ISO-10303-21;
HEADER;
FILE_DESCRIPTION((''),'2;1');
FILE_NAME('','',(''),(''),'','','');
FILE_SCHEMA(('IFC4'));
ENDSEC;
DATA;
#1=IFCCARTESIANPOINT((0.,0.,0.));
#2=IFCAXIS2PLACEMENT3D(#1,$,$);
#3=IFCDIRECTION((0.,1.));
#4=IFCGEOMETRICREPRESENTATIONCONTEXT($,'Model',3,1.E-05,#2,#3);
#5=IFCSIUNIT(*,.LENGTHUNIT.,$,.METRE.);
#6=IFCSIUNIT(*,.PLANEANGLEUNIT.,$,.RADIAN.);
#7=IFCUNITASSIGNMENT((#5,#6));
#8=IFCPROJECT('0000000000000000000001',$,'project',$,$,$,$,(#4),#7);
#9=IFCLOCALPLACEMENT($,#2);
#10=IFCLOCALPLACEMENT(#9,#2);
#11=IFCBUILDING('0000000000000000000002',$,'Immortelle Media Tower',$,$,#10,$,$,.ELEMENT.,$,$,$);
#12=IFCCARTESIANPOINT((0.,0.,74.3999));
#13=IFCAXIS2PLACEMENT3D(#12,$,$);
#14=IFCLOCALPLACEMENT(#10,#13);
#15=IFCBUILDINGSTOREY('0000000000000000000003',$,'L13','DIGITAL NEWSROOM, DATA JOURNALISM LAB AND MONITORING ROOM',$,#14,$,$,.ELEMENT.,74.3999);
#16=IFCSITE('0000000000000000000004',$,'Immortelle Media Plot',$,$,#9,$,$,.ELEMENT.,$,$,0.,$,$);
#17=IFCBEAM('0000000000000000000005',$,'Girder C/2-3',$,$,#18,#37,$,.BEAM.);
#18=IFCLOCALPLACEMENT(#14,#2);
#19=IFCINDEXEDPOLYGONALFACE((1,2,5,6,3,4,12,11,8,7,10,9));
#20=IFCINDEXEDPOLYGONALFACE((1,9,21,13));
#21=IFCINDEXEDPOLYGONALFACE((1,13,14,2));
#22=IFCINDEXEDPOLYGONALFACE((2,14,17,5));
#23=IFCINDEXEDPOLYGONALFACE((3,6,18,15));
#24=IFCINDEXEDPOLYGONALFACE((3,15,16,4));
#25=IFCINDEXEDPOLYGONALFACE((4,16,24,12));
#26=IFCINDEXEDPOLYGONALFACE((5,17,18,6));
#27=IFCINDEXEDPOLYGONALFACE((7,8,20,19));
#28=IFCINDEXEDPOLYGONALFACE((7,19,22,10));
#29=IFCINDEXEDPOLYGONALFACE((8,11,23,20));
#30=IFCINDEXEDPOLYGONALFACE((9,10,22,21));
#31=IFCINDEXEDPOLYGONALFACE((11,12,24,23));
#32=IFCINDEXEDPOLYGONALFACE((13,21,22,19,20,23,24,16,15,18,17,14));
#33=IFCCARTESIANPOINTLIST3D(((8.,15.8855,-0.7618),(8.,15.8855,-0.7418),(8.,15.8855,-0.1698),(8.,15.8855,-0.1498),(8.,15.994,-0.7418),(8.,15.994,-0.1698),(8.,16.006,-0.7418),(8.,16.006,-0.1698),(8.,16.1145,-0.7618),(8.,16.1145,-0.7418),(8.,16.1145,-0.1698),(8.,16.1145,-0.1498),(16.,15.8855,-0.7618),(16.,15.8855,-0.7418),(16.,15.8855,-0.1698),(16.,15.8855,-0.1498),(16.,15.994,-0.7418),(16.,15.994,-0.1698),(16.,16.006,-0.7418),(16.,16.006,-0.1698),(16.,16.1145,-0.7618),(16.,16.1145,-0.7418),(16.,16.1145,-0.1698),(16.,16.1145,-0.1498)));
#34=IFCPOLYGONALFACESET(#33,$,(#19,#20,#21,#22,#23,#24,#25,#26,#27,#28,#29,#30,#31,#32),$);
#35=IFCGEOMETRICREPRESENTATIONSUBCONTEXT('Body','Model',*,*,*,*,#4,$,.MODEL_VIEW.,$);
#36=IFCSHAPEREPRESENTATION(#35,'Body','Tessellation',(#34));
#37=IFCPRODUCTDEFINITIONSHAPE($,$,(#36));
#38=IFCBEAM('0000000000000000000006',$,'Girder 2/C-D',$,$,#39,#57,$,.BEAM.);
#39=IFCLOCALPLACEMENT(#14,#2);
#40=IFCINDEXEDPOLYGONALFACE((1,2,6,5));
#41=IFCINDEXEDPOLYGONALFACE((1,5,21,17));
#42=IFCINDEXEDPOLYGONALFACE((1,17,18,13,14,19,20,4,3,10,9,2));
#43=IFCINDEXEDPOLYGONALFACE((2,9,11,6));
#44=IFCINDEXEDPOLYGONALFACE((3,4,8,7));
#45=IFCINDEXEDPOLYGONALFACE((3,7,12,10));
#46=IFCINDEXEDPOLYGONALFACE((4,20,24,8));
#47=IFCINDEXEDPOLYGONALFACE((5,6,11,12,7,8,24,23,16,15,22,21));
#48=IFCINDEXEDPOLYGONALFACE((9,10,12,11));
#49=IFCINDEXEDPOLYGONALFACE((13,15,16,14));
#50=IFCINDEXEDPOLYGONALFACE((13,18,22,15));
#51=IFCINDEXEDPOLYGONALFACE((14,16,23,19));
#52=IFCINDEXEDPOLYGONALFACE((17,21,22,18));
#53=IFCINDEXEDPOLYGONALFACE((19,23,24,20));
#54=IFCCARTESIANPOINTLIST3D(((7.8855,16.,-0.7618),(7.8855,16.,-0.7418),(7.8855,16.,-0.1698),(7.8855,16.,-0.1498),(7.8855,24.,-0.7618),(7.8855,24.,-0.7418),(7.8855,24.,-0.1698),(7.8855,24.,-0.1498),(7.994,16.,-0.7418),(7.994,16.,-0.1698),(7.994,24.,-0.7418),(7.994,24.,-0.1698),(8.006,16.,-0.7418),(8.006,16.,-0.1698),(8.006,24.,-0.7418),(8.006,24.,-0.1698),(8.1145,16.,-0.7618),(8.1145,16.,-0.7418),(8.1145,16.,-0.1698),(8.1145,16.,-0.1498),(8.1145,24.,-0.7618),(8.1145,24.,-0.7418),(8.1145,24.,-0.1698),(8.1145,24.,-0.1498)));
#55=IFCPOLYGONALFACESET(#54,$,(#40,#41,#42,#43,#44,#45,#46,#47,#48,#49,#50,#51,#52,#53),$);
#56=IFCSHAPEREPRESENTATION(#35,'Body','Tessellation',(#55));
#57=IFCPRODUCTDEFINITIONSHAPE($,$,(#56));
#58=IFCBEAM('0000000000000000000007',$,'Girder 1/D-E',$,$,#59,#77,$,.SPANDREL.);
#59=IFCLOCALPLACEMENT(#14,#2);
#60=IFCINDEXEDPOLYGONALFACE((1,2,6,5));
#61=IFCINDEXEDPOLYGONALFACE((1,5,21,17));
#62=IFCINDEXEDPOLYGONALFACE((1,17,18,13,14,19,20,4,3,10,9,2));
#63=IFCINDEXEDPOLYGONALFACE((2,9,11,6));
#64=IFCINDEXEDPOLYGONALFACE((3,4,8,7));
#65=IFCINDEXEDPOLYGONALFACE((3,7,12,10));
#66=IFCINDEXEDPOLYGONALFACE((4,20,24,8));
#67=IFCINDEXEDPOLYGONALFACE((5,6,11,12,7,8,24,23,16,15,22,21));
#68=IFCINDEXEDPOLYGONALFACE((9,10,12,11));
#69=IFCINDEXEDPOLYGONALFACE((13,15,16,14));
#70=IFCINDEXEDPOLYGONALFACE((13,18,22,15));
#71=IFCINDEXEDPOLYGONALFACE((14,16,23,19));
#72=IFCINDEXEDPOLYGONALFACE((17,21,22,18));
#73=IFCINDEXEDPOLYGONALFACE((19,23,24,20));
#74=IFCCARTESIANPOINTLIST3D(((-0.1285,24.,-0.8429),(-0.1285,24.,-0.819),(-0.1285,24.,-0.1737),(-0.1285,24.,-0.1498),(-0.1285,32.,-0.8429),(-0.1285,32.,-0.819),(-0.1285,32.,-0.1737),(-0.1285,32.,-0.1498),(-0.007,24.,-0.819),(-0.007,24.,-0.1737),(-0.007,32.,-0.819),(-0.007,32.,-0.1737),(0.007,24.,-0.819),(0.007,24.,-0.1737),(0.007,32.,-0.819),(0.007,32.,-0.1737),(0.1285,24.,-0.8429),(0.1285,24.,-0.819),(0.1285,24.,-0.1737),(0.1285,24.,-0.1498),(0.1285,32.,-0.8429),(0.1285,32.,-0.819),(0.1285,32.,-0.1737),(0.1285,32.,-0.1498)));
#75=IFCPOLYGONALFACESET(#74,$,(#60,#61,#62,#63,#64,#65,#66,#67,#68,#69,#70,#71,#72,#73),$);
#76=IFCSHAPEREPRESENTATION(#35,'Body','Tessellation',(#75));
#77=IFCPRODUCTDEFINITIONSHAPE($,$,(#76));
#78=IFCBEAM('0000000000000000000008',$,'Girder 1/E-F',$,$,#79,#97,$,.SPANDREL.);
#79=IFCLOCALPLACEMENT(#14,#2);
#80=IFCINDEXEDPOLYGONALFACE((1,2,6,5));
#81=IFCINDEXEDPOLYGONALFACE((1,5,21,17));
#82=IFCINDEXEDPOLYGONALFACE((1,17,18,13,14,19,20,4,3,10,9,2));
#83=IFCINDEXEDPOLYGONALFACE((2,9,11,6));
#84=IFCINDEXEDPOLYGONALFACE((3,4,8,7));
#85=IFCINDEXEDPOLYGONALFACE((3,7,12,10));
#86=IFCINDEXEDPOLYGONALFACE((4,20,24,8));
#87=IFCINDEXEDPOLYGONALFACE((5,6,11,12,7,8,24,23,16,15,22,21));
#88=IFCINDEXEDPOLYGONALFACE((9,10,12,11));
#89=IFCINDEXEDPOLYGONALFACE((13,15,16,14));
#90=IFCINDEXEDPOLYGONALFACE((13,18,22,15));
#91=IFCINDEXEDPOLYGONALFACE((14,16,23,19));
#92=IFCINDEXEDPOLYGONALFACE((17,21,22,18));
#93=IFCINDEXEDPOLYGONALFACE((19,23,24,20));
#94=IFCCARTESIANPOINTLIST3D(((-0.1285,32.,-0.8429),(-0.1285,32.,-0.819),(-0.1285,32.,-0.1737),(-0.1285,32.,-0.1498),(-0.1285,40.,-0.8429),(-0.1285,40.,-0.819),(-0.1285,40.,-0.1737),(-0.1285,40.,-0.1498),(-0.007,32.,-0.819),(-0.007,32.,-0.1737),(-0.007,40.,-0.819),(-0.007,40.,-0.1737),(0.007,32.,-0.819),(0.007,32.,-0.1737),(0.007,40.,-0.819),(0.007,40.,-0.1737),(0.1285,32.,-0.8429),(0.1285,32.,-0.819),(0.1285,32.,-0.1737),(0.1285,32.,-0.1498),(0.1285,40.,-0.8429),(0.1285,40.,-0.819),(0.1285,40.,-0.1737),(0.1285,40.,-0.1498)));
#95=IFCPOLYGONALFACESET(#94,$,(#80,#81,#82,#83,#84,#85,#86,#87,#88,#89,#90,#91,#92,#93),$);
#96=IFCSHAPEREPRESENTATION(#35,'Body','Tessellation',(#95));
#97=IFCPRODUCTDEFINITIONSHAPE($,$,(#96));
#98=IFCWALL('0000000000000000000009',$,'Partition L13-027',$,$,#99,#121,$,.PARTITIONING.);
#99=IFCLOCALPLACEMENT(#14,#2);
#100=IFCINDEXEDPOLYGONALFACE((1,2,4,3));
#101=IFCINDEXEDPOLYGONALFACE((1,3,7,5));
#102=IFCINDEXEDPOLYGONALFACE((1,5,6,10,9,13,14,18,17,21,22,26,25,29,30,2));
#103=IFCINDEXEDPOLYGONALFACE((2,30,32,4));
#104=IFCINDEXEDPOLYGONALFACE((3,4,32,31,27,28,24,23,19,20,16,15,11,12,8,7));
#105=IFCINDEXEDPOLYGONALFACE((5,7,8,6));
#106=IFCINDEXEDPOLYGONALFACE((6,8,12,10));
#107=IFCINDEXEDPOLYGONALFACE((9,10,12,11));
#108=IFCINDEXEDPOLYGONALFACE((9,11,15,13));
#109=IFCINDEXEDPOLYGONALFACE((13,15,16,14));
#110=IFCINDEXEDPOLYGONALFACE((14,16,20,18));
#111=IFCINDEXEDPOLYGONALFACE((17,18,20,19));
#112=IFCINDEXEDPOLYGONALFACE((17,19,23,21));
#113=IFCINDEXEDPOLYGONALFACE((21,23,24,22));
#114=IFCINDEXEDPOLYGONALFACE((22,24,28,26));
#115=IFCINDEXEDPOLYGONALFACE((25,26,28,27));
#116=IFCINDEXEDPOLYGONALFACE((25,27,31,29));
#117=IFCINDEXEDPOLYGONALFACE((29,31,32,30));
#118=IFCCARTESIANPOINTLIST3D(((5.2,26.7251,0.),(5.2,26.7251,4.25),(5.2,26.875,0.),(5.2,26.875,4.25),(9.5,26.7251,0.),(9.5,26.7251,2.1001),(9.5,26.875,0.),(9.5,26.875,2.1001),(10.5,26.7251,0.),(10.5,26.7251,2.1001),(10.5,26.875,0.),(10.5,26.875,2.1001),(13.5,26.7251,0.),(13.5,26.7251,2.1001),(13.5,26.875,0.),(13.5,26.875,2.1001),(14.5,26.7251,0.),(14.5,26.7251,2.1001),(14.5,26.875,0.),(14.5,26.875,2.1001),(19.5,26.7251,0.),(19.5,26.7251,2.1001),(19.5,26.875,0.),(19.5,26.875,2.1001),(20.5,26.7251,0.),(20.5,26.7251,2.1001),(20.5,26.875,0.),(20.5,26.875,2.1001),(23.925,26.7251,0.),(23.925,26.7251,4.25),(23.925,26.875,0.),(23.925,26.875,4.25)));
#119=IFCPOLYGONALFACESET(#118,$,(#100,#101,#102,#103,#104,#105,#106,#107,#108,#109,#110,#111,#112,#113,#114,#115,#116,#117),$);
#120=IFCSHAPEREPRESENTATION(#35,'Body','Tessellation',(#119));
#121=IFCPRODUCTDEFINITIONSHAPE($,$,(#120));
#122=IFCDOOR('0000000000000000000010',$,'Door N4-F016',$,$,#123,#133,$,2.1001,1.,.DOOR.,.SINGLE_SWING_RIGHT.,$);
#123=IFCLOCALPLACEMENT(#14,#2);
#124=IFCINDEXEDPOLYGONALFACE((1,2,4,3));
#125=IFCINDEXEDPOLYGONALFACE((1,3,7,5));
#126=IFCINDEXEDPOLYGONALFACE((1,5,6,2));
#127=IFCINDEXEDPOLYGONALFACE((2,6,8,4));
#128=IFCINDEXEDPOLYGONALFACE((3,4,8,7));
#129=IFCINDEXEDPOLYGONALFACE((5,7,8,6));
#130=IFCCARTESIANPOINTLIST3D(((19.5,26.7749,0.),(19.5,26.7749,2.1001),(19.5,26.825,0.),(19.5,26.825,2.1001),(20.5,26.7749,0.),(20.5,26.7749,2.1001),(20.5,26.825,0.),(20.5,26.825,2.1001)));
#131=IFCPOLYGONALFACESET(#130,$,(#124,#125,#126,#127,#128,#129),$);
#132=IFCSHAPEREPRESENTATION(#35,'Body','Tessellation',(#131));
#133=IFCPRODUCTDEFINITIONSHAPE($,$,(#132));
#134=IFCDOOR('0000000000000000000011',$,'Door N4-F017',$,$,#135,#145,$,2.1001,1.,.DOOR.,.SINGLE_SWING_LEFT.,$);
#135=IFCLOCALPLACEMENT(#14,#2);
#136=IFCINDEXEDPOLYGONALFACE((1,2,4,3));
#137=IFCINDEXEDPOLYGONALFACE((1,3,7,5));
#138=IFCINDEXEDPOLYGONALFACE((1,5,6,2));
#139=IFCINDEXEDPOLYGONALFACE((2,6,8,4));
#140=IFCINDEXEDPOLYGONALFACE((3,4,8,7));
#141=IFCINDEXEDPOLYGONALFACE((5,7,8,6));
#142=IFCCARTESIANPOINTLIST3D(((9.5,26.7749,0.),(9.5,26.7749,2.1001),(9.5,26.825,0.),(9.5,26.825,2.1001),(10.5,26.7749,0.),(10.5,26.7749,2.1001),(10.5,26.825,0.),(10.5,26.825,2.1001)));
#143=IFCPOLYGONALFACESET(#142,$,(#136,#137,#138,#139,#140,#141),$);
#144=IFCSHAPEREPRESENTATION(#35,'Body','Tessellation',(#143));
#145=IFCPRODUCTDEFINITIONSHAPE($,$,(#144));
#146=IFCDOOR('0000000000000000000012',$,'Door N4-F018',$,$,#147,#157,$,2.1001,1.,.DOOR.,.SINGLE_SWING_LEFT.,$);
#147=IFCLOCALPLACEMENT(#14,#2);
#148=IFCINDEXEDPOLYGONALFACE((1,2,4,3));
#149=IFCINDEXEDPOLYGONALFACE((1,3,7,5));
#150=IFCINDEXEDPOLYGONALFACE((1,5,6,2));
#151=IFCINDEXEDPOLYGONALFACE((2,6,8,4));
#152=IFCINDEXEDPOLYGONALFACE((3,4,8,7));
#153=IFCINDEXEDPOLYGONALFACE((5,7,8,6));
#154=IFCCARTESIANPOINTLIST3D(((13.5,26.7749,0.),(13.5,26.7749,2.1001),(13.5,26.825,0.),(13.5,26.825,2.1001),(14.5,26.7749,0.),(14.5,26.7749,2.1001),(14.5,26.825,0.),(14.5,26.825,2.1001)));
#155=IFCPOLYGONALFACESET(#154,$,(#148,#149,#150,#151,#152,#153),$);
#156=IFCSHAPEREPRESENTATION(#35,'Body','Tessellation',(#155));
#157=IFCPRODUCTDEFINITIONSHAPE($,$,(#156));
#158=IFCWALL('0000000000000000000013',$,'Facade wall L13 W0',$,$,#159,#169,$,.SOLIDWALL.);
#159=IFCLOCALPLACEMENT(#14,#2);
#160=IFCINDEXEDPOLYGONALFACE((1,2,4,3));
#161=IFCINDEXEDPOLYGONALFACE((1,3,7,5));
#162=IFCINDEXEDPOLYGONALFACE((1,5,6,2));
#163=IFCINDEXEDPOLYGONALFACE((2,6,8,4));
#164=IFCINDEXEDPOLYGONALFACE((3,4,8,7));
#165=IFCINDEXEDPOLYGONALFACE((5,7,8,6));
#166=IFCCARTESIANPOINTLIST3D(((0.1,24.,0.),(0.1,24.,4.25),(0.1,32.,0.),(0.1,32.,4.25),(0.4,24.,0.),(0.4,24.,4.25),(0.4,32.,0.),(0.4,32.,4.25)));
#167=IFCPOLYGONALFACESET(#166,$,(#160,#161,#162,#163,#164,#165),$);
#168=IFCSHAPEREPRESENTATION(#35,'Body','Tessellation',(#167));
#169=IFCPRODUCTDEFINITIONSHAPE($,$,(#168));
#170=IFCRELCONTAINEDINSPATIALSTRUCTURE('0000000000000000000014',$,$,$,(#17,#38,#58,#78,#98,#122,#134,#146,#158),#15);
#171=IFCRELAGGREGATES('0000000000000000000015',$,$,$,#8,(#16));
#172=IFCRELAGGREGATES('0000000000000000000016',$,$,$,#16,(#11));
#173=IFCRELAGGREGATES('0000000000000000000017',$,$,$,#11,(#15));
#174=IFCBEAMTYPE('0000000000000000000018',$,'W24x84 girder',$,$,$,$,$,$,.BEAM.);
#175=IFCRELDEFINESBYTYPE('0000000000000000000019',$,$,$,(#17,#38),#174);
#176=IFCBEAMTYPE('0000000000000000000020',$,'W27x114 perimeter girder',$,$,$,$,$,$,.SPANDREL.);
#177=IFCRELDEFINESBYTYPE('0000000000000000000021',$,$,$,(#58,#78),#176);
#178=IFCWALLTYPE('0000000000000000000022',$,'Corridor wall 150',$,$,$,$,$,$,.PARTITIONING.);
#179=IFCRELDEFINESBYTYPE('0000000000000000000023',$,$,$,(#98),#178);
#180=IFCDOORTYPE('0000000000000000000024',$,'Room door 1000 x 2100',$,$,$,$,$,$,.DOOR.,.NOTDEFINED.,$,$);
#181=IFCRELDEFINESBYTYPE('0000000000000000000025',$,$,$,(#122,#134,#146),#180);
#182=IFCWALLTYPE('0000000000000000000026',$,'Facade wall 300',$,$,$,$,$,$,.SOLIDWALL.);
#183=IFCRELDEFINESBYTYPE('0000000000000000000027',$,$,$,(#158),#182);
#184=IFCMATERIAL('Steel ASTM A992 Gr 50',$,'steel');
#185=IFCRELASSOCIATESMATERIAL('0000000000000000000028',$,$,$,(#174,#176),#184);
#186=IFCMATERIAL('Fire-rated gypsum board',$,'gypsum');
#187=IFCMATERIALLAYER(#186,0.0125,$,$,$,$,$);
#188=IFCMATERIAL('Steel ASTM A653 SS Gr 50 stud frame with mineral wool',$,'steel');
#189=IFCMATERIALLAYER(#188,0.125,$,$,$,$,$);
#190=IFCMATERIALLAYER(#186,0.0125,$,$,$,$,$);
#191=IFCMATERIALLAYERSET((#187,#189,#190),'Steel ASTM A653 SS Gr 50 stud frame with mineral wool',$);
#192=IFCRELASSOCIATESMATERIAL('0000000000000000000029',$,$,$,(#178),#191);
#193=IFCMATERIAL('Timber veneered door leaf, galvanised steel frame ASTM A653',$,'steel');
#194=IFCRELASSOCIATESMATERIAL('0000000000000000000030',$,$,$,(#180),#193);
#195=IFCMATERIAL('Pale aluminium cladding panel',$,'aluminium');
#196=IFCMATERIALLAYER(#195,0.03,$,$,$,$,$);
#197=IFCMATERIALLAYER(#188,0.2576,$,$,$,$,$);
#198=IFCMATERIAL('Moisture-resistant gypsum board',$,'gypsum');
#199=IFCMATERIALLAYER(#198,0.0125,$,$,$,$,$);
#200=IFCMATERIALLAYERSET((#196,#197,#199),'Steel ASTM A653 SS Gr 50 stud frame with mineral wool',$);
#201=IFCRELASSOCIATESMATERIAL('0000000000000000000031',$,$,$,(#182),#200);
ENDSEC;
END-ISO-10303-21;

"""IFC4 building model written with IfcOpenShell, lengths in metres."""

from ifc_helpers import new_model, si_unit, direction, frame, frame_2d, origin, origin_2d, place, context, subcontext, project, spatial, rectangle, i_section, extrude, material, layer, layer_set, material_profile, profile_set, type_object, element, fill, save


model = new_model("IFC4")

# Units and contexts
model_context = context("Model", 3, precision=1e-05, world=origin(), true_north=direction((0.0, 1.0)))
body_context = subcontext(model_context, "Body", "Model", "MODEL_VIEW")
ifc_project = project(units=[si_unit("LENGTHUNIT", "METRE"), si_unit("PLANEANGLEUNIT", "RADIAN")], contexts=[model_context])

# Site, building, storey
site_placement = place(None, origin())
site = spatial("IfcSite", under=ifc_project, at=site_placement, Name="Immortelle Media Plot", CompositionType="ELEMENT", RefElevation=0.0)
building_placement = place(site_placement, origin())
building = spatial("IfcBuilding", under=site, at=building_placement, Name="Immortelle Media Tower", CompositionType="ELEMENT")
storey_placement = place(building_placement, frame((0.0, 0.0, 74.3999)))
storey = spatial("IfcBuildingStorey", under=building, at=storey_placement, Name="L13", Description="DIGITAL NEWSROOM, DATA JOURNALISM LAB AND MONITORING ROOM", CompositionType="ELEMENT", Elevation=74.3999)

# Shared definitions
ifc_material_1 = material(Name="Steel ASTM A992 Gr 50", Category="steel")

# Beams
ifc_material_profile_1 = material_profile(ifc_material_1, i_section(OverallWidth=0.229, OverallDepth=0.6121, WebThickness=0.012, FlangeThickness=0.02, at=origin_2d()), Name="W24x84")
ifc_profile_set_1 = profile_set([ifc_material_profile_1], Name="Steel ASTM A992 Gr 50")
beam_type_1 = type_object("IfcBeamType", Name="W24x84 girder", PredefinedType="BEAM", material=ifc_profile_set_1)
for number, where, z_axis, x_axis, name in (
    (1, (8.0, 16.0, -0.4558), (1.0, 0.0, 0.0), (0.0, 1.0, 0.0), "Girder C/2-3"),
    (2, (8.0, 16.0, -0.4558), (0.0, 1.0, 0.0), (-1.0, 0.0, 0.0), "Girder 2/C-D"),
):
    element("IfcBeam", number, at=place(storey_placement, frame(where, z_axis=z_axis, x_axis=x_axis)), inside=storey, type_object=beam_type_1, Name=name, PredefinedType="BEAM", context=body_context, shape_type="SweptSolid", body=[
        extrude(i_section(OverallWidth=0.229, OverallDepth=0.6121, WebThickness=0.012, FlangeThickness=0.02, at=origin_2d()), origin(), (0.0, 0.0, 1.0), 8.0),
    ])
ifc_material_profile_2 = material_profile(ifc_material_1, i_section(OverallWidth=0.2571, OverallDepth=0.6931, WebThickness=0.0139, FlangeThickness=0.0239, at=origin_2d()), Name="W27x114")
ifc_profile_set_2 = profile_set([ifc_material_profile_2], Name="Steel ASTM A992 Gr 50")
beam_type_2 = type_object("IfcBeamType", Name="W27x114 perimeter girder", PredefinedType="SPANDREL", material=ifc_profile_set_2)
for number, where, z_axis, x_axis, name in (
    (3, (0.0, 24.0, -0.4963), (0.0, 1.0, 0.0), (-1.0, 0.0, 0.0), "Girder 1/D-E"),
    (4, (0.0, 32.0, -0.4963), (0.0, 1.0, 0.0), (-1.0, 0.0, 0.0), "Girder 1/E-F"),
):
    element("IfcBeam", number, at=place(storey_placement, frame(where, z_axis=z_axis, x_axis=x_axis)), inside=storey, type_object=beam_type_2, Name=name, PredefinedType="SPANDREL", context=body_context, shape_type="SweptSolid", body=[
        extrude(i_section(OverallWidth=0.2571, OverallDepth=0.6931, WebThickness=0.0139, FlangeThickness=0.0239, at=origin_2d()), origin(), (0.0, 0.0, 1.0), 8.0),
    ])

# Wall, openings, doors
ifc_material_2 = material(Name="Fire-rated gypsum board", Category="gypsum")
ifc_layer_1 = layer(ifc_material_2, 0.0125)
ifc_material_3 = material(Name="Steel ASTM A653 SS Gr 50 stud frame with mineral wool", Category="steel")
ifc_layer_2 = layer(ifc_material_3, 0.125)
ifc_layer_3 = layer(ifc_material_2, 0.0125)
ifc_layer_set_1 = layer_set([ifc_layer_1, ifc_layer_2, ifc_layer_3], Name="Steel ASTM A653 SS Gr 50 stud frame with mineral wool")
wall_type_1 = type_object("IfcWallType", Name="Corridor wall 150", PredefinedType="PARTITIONING", material=ifc_layer_set_1)
wall_1_placement = place(storey_placement, frame((5.2, 26.8, 0.0), z_axis=(0.0, 0.0, 1.0), x_axis=(1.0, 0.0, 0.0)))
wall_1 = element("IfcWall", 5, at=wall_1_placement, inside=storey, type_object=wall_type_1, Name="Partition L13-027", PredefinedType="PARTITIONING", context=body_context, shape_type="SweptSolid", body=[
    extrude(rectangle(XDim=18.7251, YDim=0.1499, at=frame_2d((9.3625, 0.0))), origin(), (0.0, 0.0, 1.0), 4.25),
])
opening_1_placement = place(wall_1_placement, frame((14.3, 0.0, 0.0)))
opening_1 = element("IfcOpeningElement", 6, at=opening_1_placement, cuts=wall_1, PredefinedType="OPENING", context=body_context, shape_type="SweptSolid", body=[
    extrude(rectangle(XDim=1.0, YDim=2.1001, at=frame_2d((0.5, 1.05))), frame((0.0, 0.085, 0.0), z_axis=(0.0, -1.0, 0.0), x_axis=(1.0, 0.0, 0.0)), (0.0, 0.0, 1.0), 0.1699),
])
opening_2_placement = place(wall_1_placement, frame((4.3, 0.0, 0.0)))
opening_2 = element("IfcOpeningElement", 7, at=opening_2_placement, cuts=wall_1, PredefinedType="OPENING", context=body_context, shape_type="SweptSolid", body=[
    extrude(rectangle(XDim=1.0, YDim=2.1001, at=frame_2d((0.5, 1.05))), frame((0.0, 0.085, 0.0), z_axis=(0.0, -1.0, 0.0), x_axis=(1.0, 0.0, 0.0)), (0.0, 0.0, 1.0), 0.1699),
])
opening_3_placement = place(wall_1_placement, frame((8.3, 0.0, 0.0)))
opening_3 = element("IfcOpeningElement", 8, at=opening_3_placement, cuts=wall_1, PredefinedType="OPENING", context=body_context, shape_type="SweptSolid", body=[
    extrude(rectangle(XDim=1.0, YDim=2.1001, at=frame_2d((0.5, 1.05))), frame((0.0, 0.085, 0.0), z_axis=(0.0, -1.0, 0.0), x_axis=(1.0, 0.0, 0.0)), (0.0, 0.0, 1.0), 0.1699),
])
ifc_material_4 = material(Name="Timber veneered door leaf, galvanised steel frame ASTM A653", Category="steel")
door_type_1 = type_object("IfcDoorType", Name="Room door 1000 x 2100", OperationType="NOTDEFINED", PredefinedType="DOOR", material=ifc_material_4)
door_1_placement = place(opening_1_placement, origin())
door_1 = element("IfcDoor", 9, at=door_1_placement, inside=storey, type_object=door_type_1, Name="Door N4-F016", OperationType="SINGLE_SWING_RIGHT", OverallHeight=2.1001, OverallWidth=1.0, PredefinedType="DOOR", context=body_context, shape_type="SweptSolid", body=[
    extrude(rectangle(XDim=1.0, YDim=2.1001, at=frame_2d((0.5, 1.05))), frame((0.0, 0.0249, 0.0), z_axis=(0.0, -1.0, 0.0), x_axis=(1.0, 0.0, 0.0)), (0.0, 0.0, 1.0), 0.05),
])
fill(opening_1, door_1)
door_2_placement = place(opening_2_placement, origin())
door_2 = element("IfcDoor", 10, at=door_2_placement, inside=storey, type_object=door_type_1, Name="Door N4-F017", OperationType="SINGLE_SWING_LEFT", OverallHeight=2.1001, OverallWidth=1.0, PredefinedType="DOOR", context=body_context, shape_type="SweptSolid", body=[
    extrude(rectangle(XDim=1.0, YDim=2.1001, at=frame_2d((0.5, 1.05))), frame((0.0, 0.0249, 0.0), z_axis=(0.0, -1.0, 0.0), x_axis=(1.0, 0.0, 0.0)), (0.0, 0.0, 1.0), 0.05),
])
fill(opening_2, door_2)
door_3_placement = place(opening_3_placement, origin())
door_3 = element("IfcDoor", 11, at=door_3_placement, inside=storey, type_object=door_type_1, Name="Door N4-F018", OperationType="SINGLE_SWING_LEFT", OverallHeight=2.1001, OverallWidth=1.0, PredefinedType="DOOR", context=body_context, shape_type="SweptSolid", body=[
    extrude(rectangle(XDim=1.0, YDim=2.1001, at=frame_2d((0.5, 1.05))), frame((0.0, 0.0249, 0.0), z_axis=(0.0, -1.0, 0.0), x_axis=(1.0, 0.0, 0.0)), (0.0, 0.0, 1.0), 0.05),
])
fill(opening_3, door_3)

# Wall
ifc_material_5 = material(Name="Pale aluminium cladding panel", Category="aluminium")
ifc_layer_4 = layer(ifc_material_5, 0.03)
ifc_layer_5 = layer(ifc_material_3, 0.2576)
ifc_material_6 = material(Name="Moisture-resistant gypsum board", Category="gypsum")
ifc_layer_6 = layer(ifc_material_6, 0.0125)
ifc_layer_set_2 = layer_set([ifc_layer_4, ifc_layer_5, ifc_layer_6], Name="Steel ASTM A653 SS Gr 50 stud frame with mineral wool")
wall_type_2 = type_object("IfcWallType", Name="Facade wall 300", PredefinedType="SOLIDWALL", material=ifc_layer_set_2)
wall_2_placement = place(storey_placement, frame((0.25, 32.0, 0.0), z_axis=(0.0, 0.0, 1.0), x_axis=(0.0, -1.0, 0.0)))
element("IfcWall", 12, at=wall_2_placement, inside=storey, type_object=wall_type_2, Name="Facade wall L13 W0", PredefinedType="SOLIDWALL", context=body_context, shape_type="SweptSolid", body=[
    extrude(rectangle(XDim=8.0, YDim=0.3, at=frame_2d((4.0, 0.0))), origin(), (0.0, 0.0, 1.0), 4.25),
])

save(model, "model.ifc")
